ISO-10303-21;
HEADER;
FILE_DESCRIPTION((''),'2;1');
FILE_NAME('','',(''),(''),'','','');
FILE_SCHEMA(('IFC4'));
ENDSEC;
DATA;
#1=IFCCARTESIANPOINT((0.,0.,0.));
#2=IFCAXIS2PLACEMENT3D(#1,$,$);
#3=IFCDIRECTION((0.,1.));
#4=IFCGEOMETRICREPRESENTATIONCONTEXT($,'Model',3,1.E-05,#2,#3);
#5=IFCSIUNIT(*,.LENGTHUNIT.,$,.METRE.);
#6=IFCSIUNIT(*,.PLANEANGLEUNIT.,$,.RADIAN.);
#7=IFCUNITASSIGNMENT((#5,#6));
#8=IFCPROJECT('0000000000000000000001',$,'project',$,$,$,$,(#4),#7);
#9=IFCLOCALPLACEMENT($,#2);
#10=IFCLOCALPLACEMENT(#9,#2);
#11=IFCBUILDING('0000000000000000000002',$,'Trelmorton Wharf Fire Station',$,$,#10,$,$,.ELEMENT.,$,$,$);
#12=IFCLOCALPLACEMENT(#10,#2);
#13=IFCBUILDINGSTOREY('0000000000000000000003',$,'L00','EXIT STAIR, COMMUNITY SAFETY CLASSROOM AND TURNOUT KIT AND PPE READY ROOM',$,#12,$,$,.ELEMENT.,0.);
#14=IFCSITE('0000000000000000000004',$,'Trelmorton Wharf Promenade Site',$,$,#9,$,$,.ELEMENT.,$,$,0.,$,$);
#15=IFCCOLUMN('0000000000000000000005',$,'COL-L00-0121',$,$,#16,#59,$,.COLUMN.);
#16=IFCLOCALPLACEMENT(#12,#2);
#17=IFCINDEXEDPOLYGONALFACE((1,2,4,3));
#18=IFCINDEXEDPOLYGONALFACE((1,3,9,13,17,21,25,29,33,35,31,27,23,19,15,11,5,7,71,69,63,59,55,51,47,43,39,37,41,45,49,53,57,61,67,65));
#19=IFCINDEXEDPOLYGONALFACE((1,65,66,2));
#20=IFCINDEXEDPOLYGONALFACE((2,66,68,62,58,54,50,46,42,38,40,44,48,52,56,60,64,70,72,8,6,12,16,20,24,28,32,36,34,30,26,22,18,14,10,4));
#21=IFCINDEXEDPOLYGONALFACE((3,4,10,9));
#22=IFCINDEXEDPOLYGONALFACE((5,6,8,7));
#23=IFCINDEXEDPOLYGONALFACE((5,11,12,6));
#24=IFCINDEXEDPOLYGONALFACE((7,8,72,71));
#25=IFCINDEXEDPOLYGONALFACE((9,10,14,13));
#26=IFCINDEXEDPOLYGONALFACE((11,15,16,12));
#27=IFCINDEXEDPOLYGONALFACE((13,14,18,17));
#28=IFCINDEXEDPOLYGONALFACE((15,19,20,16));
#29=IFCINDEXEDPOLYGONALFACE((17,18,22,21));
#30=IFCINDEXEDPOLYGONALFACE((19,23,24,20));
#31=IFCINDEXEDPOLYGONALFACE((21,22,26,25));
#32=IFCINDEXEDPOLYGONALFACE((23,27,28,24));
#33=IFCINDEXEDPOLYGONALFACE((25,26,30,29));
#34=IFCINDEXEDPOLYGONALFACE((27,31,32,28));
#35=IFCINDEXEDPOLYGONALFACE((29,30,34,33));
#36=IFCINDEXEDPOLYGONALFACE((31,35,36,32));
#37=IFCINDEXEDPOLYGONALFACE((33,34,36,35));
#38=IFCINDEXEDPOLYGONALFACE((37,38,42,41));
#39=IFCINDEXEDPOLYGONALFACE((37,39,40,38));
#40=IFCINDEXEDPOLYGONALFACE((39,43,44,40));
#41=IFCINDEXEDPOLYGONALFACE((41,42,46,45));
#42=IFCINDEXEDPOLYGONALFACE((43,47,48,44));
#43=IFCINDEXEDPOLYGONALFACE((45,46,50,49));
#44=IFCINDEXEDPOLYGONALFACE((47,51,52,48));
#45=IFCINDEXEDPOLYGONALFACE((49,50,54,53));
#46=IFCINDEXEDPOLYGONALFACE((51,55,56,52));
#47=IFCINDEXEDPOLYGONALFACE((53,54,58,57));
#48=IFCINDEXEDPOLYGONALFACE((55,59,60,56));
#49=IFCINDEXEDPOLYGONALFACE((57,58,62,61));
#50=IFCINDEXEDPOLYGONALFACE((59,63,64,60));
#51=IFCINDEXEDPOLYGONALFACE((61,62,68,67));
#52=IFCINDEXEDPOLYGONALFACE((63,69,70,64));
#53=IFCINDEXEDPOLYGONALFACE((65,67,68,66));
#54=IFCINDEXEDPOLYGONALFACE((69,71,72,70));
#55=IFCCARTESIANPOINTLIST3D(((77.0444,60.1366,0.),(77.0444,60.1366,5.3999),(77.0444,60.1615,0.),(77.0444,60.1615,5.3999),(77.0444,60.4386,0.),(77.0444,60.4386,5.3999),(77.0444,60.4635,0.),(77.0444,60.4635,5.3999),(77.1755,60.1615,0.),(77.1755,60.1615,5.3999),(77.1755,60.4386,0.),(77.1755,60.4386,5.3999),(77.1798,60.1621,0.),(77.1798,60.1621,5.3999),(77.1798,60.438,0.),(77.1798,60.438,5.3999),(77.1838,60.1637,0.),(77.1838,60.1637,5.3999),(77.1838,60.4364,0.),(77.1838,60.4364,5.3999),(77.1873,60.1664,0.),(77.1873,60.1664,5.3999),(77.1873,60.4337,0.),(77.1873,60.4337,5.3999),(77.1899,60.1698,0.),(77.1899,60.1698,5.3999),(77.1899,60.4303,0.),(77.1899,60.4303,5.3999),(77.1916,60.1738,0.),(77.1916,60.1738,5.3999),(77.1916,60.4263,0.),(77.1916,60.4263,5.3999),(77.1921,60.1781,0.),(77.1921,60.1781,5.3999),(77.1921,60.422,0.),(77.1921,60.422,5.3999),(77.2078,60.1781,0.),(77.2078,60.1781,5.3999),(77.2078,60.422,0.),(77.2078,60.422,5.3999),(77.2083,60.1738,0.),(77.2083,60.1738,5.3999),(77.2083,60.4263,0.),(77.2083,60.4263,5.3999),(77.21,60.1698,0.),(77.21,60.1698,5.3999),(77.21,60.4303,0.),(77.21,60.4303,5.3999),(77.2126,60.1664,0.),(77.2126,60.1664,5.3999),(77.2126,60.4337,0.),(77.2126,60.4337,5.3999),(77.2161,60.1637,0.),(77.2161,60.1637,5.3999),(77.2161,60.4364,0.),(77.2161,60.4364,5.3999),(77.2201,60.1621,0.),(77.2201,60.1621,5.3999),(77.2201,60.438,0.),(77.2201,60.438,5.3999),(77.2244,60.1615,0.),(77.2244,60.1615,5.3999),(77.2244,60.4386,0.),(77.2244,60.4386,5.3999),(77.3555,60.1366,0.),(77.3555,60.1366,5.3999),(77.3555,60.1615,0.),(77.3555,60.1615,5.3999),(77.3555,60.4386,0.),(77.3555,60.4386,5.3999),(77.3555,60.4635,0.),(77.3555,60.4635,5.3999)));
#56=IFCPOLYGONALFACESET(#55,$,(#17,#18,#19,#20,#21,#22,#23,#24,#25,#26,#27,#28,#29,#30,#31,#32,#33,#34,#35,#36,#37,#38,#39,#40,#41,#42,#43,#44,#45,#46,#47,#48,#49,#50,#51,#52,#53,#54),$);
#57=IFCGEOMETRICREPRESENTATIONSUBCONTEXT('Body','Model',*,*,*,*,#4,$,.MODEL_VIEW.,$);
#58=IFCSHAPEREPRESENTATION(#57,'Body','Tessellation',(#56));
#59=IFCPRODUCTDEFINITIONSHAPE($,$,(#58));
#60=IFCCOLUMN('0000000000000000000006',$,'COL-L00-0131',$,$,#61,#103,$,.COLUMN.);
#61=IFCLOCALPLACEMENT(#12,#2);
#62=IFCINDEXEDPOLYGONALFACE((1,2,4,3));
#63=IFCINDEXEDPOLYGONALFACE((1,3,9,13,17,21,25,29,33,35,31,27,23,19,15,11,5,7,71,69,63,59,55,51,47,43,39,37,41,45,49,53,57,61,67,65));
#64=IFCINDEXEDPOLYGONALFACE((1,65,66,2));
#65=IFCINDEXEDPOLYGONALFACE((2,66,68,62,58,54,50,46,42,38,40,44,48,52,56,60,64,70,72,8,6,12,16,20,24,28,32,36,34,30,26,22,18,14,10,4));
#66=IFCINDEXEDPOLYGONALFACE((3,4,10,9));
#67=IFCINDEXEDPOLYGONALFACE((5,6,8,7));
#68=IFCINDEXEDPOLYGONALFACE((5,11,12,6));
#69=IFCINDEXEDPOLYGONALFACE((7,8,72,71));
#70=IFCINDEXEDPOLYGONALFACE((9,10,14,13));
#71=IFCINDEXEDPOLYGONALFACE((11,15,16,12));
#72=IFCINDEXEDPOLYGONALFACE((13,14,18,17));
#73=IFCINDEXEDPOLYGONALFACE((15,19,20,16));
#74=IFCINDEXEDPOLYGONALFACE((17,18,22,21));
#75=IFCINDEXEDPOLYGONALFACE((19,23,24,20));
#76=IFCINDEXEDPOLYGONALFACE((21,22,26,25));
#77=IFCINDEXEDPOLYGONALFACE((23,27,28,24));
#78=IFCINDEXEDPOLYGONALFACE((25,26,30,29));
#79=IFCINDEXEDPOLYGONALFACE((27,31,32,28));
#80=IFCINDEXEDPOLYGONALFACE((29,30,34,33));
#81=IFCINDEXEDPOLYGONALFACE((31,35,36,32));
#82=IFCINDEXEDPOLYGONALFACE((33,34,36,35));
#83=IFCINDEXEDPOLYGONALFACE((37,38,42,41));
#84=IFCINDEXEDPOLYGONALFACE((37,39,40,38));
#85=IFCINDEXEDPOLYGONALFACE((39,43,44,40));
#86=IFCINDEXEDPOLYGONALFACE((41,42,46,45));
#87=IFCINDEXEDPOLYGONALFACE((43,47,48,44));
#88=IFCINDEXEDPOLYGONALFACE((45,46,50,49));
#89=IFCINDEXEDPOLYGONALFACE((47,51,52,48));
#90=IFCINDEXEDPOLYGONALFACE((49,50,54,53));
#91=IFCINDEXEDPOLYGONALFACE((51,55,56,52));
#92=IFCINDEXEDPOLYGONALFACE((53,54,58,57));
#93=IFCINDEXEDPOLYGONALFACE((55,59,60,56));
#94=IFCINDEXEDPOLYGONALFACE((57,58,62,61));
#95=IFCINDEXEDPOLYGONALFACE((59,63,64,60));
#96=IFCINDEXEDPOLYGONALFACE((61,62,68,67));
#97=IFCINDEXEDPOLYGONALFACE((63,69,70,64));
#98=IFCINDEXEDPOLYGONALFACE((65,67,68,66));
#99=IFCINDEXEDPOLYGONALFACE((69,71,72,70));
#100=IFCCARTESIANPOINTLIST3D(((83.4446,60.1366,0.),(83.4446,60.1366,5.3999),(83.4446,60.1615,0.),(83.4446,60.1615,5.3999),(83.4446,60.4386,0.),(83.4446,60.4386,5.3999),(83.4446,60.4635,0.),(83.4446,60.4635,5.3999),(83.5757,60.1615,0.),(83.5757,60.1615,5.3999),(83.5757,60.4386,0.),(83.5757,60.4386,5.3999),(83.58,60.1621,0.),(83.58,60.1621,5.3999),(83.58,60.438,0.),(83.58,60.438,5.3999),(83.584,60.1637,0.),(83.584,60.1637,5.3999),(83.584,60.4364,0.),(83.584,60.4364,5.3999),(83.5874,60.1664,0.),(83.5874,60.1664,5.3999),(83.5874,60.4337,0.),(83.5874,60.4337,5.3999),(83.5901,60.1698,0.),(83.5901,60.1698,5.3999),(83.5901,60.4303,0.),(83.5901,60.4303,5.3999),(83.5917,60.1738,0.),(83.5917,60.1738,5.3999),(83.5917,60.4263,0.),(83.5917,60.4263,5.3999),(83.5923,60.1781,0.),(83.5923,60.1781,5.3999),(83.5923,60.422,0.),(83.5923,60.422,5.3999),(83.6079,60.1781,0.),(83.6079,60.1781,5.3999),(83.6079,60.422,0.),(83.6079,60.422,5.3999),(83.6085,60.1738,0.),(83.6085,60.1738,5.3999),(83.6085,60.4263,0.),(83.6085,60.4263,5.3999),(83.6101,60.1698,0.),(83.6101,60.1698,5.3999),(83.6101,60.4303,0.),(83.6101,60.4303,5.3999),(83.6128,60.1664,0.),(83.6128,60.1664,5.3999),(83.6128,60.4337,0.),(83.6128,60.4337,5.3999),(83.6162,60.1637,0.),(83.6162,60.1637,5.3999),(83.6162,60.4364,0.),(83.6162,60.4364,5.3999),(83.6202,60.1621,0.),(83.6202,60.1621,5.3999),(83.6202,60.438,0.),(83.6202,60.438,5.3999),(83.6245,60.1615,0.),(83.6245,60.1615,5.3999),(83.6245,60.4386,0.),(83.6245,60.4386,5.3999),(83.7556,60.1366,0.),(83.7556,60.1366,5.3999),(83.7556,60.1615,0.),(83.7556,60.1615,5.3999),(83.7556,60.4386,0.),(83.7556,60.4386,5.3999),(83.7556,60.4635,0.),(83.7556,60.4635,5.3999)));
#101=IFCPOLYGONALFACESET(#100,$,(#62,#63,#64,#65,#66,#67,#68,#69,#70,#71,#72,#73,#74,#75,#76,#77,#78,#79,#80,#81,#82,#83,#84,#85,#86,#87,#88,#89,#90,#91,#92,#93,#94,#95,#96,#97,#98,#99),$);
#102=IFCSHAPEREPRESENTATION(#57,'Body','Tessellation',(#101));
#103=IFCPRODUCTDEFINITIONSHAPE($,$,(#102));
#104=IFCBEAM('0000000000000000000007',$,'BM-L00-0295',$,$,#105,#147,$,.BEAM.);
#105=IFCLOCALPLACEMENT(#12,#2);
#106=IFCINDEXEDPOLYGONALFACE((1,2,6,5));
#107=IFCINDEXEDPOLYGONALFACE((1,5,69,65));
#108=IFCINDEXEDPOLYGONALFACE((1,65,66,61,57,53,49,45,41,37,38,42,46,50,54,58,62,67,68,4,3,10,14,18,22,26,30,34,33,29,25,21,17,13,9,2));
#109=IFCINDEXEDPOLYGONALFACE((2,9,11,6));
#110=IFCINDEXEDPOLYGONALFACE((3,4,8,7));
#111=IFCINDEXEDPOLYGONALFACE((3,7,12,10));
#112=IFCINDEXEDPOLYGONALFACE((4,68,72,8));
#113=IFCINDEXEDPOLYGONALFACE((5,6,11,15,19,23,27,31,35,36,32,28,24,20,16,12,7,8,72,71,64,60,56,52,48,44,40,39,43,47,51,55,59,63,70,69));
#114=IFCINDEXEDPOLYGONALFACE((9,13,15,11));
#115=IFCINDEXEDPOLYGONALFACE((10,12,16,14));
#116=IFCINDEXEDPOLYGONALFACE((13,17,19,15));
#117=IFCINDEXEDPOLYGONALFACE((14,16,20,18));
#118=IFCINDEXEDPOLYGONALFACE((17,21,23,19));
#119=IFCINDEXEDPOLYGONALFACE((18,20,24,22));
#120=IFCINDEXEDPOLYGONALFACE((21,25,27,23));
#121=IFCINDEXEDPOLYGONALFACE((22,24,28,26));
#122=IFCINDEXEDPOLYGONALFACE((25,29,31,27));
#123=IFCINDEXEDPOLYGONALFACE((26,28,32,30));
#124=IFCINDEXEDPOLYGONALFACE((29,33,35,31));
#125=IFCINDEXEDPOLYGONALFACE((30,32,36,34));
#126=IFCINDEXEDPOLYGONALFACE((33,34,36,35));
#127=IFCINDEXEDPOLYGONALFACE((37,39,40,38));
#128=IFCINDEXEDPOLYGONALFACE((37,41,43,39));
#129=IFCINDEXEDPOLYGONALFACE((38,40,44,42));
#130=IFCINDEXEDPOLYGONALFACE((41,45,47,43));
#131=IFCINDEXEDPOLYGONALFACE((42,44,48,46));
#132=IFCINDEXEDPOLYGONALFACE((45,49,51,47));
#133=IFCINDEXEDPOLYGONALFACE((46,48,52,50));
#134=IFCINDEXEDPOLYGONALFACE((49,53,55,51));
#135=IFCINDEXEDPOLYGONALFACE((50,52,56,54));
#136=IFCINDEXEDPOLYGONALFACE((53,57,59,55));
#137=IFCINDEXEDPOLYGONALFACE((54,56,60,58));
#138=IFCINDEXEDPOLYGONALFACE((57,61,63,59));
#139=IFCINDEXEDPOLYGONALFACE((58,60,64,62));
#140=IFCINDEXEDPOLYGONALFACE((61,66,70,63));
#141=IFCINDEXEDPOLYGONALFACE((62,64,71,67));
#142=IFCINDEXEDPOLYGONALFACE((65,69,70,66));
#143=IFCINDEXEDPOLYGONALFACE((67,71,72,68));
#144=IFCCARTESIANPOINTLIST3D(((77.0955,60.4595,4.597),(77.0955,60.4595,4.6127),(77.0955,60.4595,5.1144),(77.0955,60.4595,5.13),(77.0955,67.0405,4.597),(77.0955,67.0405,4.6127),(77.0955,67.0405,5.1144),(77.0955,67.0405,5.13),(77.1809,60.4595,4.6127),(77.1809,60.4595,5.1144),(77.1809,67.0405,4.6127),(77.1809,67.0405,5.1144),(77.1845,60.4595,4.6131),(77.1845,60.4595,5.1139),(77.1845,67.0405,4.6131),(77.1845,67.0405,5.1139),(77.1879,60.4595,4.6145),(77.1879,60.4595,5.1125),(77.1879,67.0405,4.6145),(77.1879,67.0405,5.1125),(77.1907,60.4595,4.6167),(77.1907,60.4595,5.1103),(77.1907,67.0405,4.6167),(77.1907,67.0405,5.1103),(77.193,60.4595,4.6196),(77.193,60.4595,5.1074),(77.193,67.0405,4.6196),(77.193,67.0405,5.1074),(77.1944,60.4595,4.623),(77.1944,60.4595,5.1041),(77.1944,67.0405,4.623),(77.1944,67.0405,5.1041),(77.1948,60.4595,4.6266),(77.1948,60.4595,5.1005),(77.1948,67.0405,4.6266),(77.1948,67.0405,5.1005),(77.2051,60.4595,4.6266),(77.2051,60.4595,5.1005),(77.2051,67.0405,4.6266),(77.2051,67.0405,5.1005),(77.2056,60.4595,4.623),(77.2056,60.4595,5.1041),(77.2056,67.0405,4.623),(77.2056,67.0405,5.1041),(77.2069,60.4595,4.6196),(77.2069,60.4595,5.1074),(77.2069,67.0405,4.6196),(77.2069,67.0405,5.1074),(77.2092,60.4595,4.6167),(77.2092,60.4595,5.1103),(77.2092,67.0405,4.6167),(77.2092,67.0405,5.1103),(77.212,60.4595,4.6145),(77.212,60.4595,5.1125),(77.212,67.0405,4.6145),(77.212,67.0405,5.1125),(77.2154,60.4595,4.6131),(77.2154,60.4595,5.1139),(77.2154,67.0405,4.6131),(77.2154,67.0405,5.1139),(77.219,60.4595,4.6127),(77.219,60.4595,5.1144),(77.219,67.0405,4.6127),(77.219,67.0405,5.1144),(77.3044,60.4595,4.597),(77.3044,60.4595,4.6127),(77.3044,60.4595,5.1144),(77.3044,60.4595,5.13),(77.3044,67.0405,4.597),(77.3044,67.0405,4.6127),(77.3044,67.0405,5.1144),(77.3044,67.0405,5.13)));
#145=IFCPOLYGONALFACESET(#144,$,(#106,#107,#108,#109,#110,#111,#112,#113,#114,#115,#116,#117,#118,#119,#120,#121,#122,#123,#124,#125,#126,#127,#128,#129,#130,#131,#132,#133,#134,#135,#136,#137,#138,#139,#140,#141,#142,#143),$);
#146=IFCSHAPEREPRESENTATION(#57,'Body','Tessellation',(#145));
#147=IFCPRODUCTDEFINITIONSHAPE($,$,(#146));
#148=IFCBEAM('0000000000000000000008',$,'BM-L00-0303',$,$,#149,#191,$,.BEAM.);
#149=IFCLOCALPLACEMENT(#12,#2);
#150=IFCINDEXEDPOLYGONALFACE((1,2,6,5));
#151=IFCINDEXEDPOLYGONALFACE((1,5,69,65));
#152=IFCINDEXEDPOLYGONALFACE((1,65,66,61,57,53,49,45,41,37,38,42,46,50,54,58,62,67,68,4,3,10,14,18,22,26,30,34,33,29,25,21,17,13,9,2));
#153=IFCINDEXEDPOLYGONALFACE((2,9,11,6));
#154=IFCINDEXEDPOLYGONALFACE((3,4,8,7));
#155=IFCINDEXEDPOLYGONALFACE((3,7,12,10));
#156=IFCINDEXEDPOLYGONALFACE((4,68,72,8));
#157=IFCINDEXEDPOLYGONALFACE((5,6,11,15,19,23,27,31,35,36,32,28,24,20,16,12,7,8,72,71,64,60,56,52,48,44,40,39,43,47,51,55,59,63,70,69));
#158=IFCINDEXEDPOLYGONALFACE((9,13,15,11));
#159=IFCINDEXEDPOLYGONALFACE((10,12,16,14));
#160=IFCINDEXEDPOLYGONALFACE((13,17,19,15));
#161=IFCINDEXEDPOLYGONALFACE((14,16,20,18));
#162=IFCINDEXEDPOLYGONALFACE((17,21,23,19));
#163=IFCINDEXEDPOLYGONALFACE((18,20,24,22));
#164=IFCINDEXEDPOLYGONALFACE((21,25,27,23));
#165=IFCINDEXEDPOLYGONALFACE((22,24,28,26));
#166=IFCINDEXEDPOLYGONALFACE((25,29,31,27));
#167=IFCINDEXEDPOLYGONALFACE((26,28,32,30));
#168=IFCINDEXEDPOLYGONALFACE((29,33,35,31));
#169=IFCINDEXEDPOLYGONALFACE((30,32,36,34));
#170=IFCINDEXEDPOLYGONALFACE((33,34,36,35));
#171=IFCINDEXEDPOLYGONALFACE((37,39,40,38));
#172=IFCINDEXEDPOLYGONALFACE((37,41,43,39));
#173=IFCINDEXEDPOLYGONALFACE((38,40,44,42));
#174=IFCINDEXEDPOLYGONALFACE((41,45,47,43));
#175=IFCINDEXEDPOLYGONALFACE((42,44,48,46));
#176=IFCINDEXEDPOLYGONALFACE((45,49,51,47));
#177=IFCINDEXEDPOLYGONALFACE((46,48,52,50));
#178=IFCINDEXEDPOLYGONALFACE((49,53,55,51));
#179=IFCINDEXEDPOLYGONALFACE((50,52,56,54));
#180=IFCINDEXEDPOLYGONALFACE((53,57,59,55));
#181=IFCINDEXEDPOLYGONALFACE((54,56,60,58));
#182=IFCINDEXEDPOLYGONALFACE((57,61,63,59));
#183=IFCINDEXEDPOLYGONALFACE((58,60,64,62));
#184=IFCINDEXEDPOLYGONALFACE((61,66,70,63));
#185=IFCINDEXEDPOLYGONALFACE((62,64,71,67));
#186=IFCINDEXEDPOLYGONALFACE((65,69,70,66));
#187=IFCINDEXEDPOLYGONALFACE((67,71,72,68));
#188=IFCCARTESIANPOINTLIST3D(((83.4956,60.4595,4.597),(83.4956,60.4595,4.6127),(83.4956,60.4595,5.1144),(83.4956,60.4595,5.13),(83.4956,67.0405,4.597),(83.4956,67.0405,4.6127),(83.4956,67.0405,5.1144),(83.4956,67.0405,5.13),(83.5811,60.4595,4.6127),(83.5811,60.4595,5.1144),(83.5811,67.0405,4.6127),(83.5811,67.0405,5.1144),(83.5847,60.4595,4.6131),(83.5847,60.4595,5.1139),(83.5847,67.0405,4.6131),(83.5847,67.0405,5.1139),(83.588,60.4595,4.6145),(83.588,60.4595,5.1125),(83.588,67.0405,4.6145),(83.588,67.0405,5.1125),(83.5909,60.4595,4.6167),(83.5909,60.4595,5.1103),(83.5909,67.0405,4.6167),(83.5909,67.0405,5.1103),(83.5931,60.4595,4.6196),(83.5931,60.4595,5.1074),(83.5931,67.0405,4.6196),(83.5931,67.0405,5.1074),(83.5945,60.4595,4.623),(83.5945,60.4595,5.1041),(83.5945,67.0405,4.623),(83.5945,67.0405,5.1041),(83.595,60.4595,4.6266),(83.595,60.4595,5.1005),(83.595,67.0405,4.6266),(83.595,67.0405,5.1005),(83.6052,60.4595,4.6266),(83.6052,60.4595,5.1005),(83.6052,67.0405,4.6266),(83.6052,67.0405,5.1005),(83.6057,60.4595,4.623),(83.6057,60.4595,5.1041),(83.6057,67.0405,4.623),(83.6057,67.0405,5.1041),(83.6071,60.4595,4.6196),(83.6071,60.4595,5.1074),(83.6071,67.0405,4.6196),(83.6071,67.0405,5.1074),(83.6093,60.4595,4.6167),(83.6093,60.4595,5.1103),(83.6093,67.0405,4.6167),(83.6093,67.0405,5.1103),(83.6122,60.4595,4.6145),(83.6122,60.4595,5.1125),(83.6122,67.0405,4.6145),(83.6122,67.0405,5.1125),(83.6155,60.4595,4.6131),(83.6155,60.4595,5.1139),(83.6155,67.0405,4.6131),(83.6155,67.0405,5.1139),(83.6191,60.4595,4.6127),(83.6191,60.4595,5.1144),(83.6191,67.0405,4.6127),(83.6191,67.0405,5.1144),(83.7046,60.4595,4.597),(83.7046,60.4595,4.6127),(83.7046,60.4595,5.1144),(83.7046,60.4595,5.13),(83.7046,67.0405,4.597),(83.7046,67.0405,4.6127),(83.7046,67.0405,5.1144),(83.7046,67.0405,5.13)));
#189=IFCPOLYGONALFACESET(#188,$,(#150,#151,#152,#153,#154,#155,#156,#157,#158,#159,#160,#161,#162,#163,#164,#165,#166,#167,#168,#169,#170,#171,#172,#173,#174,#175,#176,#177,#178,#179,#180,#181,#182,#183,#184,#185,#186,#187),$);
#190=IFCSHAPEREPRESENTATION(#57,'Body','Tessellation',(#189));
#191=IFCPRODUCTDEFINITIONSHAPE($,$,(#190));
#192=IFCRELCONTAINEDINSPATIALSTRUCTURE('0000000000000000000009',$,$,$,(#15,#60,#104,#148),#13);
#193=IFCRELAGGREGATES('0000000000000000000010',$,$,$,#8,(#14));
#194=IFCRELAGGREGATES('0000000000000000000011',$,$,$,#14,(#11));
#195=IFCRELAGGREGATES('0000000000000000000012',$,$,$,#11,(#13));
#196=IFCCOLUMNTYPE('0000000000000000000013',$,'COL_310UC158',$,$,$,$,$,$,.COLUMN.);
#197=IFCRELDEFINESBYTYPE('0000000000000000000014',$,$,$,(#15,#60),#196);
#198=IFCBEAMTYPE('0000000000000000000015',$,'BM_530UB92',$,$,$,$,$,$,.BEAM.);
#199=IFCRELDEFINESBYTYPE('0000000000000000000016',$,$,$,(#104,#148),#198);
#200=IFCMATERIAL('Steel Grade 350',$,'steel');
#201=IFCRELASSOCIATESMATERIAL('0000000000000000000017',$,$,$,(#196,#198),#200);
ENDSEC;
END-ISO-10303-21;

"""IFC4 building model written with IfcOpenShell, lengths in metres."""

from ifc_helpers import new_model, si_unit, direction, frame, origin, origin_2d, place, context, subcontext, project, spatial, i_section, extrude, material, material_profile, profile_set, type_object, element, save


model = new_model("IFC4")

# Units and contexts
model_context = context("Model", 3, precision=1e-05, world=origin(), true_north=direction((0.0, 1.0)))
body_context = subcontext(model_context, "Body", "Model", "MODEL_VIEW")
ifc_project = project(units=[si_unit("LENGTHUNIT", "METRE"), si_unit("PLANEANGLEUNIT", "RADIAN")], contexts=[model_context])

# Site, building, storey
site_placement = place(None, origin())
site = spatial("IfcSite", under=ifc_project, at=site_placement, Name="Trelmorton Wharf Promenade Site", CompositionType="ELEMENT", RefElevation=0.0)
building_placement = place(site_placement, origin())
building = spatial("IfcBuilding", under=site, at=building_placement, Name="Trelmorton Wharf Fire Station", CompositionType="ELEMENT")
storey_placement = place(building_placement, origin())
storey = spatial("IfcBuildingStorey", under=building, at=storey_placement, Name="L00", Description="EXIT STAIR, COMMUNITY SAFETY CLASSROOM AND TURNOUT KIT AND PPE READY ROOM", CompositionType="ELEMENT", Elevation=0.0)

# Columns
ifc_material_1 = material(Name="Steel Grade 350", Category="steel")
ifc_material_profile_1 = material_profile(ifc_material_1, i_section(OverallWidth=0.311, OverallDepth=0.3269, WebThickness=0.0156, FlangeThickness=0.0249, FilletRadius=0.0166, at=origin_2d()), Name="310UC158")
ifc_profile_set_1 = profile_set([ifc_material_profile_1], Name="Steel Grade 350")
column_type = type_object("IfcColumnType", Name="COL_310UC158", PredefinedType="COLUMN", material=ifc_profile_set_1)
for number, where, z_axis, x_axis, name in (
    (1, (77.2, 60.3, 0.0), (0.0, 0.0, 1.0), (1.0, 0.0, 0.0), "COL-L00-0121"),
    (2, (83.6001, 60.3, 0.0), (0.0, 0.0, 1.0), (1.0, 0.0, 0.0), "COL-L00-0131"),
):
    element("IfcColumn", number, at=place(storey_placement, frame(where, z_axis=z_axis, x_axis=x_axis)), inside=storey, type_object=column_type, Name=name, PredefinedType="COLUMN", context=body_context, shape_type="SweptSolid", body=[
        extrude(i_section(OverallWidth=0.311, OverallDepth=0.3269, WebThickness=0.0156, FlangeThickness=0.0249, FilletRadius=0.0166, at=origin_2d()), origin(), (0.0, 0.0, 1.0), 5.3999),
    ])

# Beams
ifc_material_profile_2 = material_profile(ifc_material_1, i_section(OverallWidth=0.209, OverallDepth=0.533, WebThickness=0.0103, FlangeThickness=0.0156, FilletRadius=0.0139, at=origin_2d()), Name="530UB92.4")
ifc_profile_set_2 = profile_set([ifc_material_profile_2], Name="Steel Grade 350")
beam_type_1 = type_object("IfcBeamType", Name="BM_530UB92", PredefinedType="BEAM", material=ifc_profile_set_2)
for number, where, z_axis, x_axis, name in (
    (3, (77.2, 60.4595, 4.8635), (0.0, 1.0, 0.0), (-1.0, 0.0, 0.0), "BM-L00-0295"),
    (4, (83.6001, 60.4595, 4.8635), (0.0, 1.0, 0.0), (-1.0, 0.0, 0.0), "BM-L00-0303"),
):
    element("IfcBeam", number, at=place(storey_placement, frame(where, z_axis=z_axis, x_axis=x_axis)), inside=storey, type_object=beam_type_1, Name=name, PredefinedType="BEAM", context=body_context, shape_type="SweptSolid", body=[
        extrude(i_section(OverallWidth=0.209, OverallDepth=0.533, WebThickness=0.0103, FlangeThickness=0.0156, FilletRadius=0.0139, at=origin_2d()), origin(), (0.0, 0.0, 1.0), 6.5811),
    ])

save(model, "model.ifc")
